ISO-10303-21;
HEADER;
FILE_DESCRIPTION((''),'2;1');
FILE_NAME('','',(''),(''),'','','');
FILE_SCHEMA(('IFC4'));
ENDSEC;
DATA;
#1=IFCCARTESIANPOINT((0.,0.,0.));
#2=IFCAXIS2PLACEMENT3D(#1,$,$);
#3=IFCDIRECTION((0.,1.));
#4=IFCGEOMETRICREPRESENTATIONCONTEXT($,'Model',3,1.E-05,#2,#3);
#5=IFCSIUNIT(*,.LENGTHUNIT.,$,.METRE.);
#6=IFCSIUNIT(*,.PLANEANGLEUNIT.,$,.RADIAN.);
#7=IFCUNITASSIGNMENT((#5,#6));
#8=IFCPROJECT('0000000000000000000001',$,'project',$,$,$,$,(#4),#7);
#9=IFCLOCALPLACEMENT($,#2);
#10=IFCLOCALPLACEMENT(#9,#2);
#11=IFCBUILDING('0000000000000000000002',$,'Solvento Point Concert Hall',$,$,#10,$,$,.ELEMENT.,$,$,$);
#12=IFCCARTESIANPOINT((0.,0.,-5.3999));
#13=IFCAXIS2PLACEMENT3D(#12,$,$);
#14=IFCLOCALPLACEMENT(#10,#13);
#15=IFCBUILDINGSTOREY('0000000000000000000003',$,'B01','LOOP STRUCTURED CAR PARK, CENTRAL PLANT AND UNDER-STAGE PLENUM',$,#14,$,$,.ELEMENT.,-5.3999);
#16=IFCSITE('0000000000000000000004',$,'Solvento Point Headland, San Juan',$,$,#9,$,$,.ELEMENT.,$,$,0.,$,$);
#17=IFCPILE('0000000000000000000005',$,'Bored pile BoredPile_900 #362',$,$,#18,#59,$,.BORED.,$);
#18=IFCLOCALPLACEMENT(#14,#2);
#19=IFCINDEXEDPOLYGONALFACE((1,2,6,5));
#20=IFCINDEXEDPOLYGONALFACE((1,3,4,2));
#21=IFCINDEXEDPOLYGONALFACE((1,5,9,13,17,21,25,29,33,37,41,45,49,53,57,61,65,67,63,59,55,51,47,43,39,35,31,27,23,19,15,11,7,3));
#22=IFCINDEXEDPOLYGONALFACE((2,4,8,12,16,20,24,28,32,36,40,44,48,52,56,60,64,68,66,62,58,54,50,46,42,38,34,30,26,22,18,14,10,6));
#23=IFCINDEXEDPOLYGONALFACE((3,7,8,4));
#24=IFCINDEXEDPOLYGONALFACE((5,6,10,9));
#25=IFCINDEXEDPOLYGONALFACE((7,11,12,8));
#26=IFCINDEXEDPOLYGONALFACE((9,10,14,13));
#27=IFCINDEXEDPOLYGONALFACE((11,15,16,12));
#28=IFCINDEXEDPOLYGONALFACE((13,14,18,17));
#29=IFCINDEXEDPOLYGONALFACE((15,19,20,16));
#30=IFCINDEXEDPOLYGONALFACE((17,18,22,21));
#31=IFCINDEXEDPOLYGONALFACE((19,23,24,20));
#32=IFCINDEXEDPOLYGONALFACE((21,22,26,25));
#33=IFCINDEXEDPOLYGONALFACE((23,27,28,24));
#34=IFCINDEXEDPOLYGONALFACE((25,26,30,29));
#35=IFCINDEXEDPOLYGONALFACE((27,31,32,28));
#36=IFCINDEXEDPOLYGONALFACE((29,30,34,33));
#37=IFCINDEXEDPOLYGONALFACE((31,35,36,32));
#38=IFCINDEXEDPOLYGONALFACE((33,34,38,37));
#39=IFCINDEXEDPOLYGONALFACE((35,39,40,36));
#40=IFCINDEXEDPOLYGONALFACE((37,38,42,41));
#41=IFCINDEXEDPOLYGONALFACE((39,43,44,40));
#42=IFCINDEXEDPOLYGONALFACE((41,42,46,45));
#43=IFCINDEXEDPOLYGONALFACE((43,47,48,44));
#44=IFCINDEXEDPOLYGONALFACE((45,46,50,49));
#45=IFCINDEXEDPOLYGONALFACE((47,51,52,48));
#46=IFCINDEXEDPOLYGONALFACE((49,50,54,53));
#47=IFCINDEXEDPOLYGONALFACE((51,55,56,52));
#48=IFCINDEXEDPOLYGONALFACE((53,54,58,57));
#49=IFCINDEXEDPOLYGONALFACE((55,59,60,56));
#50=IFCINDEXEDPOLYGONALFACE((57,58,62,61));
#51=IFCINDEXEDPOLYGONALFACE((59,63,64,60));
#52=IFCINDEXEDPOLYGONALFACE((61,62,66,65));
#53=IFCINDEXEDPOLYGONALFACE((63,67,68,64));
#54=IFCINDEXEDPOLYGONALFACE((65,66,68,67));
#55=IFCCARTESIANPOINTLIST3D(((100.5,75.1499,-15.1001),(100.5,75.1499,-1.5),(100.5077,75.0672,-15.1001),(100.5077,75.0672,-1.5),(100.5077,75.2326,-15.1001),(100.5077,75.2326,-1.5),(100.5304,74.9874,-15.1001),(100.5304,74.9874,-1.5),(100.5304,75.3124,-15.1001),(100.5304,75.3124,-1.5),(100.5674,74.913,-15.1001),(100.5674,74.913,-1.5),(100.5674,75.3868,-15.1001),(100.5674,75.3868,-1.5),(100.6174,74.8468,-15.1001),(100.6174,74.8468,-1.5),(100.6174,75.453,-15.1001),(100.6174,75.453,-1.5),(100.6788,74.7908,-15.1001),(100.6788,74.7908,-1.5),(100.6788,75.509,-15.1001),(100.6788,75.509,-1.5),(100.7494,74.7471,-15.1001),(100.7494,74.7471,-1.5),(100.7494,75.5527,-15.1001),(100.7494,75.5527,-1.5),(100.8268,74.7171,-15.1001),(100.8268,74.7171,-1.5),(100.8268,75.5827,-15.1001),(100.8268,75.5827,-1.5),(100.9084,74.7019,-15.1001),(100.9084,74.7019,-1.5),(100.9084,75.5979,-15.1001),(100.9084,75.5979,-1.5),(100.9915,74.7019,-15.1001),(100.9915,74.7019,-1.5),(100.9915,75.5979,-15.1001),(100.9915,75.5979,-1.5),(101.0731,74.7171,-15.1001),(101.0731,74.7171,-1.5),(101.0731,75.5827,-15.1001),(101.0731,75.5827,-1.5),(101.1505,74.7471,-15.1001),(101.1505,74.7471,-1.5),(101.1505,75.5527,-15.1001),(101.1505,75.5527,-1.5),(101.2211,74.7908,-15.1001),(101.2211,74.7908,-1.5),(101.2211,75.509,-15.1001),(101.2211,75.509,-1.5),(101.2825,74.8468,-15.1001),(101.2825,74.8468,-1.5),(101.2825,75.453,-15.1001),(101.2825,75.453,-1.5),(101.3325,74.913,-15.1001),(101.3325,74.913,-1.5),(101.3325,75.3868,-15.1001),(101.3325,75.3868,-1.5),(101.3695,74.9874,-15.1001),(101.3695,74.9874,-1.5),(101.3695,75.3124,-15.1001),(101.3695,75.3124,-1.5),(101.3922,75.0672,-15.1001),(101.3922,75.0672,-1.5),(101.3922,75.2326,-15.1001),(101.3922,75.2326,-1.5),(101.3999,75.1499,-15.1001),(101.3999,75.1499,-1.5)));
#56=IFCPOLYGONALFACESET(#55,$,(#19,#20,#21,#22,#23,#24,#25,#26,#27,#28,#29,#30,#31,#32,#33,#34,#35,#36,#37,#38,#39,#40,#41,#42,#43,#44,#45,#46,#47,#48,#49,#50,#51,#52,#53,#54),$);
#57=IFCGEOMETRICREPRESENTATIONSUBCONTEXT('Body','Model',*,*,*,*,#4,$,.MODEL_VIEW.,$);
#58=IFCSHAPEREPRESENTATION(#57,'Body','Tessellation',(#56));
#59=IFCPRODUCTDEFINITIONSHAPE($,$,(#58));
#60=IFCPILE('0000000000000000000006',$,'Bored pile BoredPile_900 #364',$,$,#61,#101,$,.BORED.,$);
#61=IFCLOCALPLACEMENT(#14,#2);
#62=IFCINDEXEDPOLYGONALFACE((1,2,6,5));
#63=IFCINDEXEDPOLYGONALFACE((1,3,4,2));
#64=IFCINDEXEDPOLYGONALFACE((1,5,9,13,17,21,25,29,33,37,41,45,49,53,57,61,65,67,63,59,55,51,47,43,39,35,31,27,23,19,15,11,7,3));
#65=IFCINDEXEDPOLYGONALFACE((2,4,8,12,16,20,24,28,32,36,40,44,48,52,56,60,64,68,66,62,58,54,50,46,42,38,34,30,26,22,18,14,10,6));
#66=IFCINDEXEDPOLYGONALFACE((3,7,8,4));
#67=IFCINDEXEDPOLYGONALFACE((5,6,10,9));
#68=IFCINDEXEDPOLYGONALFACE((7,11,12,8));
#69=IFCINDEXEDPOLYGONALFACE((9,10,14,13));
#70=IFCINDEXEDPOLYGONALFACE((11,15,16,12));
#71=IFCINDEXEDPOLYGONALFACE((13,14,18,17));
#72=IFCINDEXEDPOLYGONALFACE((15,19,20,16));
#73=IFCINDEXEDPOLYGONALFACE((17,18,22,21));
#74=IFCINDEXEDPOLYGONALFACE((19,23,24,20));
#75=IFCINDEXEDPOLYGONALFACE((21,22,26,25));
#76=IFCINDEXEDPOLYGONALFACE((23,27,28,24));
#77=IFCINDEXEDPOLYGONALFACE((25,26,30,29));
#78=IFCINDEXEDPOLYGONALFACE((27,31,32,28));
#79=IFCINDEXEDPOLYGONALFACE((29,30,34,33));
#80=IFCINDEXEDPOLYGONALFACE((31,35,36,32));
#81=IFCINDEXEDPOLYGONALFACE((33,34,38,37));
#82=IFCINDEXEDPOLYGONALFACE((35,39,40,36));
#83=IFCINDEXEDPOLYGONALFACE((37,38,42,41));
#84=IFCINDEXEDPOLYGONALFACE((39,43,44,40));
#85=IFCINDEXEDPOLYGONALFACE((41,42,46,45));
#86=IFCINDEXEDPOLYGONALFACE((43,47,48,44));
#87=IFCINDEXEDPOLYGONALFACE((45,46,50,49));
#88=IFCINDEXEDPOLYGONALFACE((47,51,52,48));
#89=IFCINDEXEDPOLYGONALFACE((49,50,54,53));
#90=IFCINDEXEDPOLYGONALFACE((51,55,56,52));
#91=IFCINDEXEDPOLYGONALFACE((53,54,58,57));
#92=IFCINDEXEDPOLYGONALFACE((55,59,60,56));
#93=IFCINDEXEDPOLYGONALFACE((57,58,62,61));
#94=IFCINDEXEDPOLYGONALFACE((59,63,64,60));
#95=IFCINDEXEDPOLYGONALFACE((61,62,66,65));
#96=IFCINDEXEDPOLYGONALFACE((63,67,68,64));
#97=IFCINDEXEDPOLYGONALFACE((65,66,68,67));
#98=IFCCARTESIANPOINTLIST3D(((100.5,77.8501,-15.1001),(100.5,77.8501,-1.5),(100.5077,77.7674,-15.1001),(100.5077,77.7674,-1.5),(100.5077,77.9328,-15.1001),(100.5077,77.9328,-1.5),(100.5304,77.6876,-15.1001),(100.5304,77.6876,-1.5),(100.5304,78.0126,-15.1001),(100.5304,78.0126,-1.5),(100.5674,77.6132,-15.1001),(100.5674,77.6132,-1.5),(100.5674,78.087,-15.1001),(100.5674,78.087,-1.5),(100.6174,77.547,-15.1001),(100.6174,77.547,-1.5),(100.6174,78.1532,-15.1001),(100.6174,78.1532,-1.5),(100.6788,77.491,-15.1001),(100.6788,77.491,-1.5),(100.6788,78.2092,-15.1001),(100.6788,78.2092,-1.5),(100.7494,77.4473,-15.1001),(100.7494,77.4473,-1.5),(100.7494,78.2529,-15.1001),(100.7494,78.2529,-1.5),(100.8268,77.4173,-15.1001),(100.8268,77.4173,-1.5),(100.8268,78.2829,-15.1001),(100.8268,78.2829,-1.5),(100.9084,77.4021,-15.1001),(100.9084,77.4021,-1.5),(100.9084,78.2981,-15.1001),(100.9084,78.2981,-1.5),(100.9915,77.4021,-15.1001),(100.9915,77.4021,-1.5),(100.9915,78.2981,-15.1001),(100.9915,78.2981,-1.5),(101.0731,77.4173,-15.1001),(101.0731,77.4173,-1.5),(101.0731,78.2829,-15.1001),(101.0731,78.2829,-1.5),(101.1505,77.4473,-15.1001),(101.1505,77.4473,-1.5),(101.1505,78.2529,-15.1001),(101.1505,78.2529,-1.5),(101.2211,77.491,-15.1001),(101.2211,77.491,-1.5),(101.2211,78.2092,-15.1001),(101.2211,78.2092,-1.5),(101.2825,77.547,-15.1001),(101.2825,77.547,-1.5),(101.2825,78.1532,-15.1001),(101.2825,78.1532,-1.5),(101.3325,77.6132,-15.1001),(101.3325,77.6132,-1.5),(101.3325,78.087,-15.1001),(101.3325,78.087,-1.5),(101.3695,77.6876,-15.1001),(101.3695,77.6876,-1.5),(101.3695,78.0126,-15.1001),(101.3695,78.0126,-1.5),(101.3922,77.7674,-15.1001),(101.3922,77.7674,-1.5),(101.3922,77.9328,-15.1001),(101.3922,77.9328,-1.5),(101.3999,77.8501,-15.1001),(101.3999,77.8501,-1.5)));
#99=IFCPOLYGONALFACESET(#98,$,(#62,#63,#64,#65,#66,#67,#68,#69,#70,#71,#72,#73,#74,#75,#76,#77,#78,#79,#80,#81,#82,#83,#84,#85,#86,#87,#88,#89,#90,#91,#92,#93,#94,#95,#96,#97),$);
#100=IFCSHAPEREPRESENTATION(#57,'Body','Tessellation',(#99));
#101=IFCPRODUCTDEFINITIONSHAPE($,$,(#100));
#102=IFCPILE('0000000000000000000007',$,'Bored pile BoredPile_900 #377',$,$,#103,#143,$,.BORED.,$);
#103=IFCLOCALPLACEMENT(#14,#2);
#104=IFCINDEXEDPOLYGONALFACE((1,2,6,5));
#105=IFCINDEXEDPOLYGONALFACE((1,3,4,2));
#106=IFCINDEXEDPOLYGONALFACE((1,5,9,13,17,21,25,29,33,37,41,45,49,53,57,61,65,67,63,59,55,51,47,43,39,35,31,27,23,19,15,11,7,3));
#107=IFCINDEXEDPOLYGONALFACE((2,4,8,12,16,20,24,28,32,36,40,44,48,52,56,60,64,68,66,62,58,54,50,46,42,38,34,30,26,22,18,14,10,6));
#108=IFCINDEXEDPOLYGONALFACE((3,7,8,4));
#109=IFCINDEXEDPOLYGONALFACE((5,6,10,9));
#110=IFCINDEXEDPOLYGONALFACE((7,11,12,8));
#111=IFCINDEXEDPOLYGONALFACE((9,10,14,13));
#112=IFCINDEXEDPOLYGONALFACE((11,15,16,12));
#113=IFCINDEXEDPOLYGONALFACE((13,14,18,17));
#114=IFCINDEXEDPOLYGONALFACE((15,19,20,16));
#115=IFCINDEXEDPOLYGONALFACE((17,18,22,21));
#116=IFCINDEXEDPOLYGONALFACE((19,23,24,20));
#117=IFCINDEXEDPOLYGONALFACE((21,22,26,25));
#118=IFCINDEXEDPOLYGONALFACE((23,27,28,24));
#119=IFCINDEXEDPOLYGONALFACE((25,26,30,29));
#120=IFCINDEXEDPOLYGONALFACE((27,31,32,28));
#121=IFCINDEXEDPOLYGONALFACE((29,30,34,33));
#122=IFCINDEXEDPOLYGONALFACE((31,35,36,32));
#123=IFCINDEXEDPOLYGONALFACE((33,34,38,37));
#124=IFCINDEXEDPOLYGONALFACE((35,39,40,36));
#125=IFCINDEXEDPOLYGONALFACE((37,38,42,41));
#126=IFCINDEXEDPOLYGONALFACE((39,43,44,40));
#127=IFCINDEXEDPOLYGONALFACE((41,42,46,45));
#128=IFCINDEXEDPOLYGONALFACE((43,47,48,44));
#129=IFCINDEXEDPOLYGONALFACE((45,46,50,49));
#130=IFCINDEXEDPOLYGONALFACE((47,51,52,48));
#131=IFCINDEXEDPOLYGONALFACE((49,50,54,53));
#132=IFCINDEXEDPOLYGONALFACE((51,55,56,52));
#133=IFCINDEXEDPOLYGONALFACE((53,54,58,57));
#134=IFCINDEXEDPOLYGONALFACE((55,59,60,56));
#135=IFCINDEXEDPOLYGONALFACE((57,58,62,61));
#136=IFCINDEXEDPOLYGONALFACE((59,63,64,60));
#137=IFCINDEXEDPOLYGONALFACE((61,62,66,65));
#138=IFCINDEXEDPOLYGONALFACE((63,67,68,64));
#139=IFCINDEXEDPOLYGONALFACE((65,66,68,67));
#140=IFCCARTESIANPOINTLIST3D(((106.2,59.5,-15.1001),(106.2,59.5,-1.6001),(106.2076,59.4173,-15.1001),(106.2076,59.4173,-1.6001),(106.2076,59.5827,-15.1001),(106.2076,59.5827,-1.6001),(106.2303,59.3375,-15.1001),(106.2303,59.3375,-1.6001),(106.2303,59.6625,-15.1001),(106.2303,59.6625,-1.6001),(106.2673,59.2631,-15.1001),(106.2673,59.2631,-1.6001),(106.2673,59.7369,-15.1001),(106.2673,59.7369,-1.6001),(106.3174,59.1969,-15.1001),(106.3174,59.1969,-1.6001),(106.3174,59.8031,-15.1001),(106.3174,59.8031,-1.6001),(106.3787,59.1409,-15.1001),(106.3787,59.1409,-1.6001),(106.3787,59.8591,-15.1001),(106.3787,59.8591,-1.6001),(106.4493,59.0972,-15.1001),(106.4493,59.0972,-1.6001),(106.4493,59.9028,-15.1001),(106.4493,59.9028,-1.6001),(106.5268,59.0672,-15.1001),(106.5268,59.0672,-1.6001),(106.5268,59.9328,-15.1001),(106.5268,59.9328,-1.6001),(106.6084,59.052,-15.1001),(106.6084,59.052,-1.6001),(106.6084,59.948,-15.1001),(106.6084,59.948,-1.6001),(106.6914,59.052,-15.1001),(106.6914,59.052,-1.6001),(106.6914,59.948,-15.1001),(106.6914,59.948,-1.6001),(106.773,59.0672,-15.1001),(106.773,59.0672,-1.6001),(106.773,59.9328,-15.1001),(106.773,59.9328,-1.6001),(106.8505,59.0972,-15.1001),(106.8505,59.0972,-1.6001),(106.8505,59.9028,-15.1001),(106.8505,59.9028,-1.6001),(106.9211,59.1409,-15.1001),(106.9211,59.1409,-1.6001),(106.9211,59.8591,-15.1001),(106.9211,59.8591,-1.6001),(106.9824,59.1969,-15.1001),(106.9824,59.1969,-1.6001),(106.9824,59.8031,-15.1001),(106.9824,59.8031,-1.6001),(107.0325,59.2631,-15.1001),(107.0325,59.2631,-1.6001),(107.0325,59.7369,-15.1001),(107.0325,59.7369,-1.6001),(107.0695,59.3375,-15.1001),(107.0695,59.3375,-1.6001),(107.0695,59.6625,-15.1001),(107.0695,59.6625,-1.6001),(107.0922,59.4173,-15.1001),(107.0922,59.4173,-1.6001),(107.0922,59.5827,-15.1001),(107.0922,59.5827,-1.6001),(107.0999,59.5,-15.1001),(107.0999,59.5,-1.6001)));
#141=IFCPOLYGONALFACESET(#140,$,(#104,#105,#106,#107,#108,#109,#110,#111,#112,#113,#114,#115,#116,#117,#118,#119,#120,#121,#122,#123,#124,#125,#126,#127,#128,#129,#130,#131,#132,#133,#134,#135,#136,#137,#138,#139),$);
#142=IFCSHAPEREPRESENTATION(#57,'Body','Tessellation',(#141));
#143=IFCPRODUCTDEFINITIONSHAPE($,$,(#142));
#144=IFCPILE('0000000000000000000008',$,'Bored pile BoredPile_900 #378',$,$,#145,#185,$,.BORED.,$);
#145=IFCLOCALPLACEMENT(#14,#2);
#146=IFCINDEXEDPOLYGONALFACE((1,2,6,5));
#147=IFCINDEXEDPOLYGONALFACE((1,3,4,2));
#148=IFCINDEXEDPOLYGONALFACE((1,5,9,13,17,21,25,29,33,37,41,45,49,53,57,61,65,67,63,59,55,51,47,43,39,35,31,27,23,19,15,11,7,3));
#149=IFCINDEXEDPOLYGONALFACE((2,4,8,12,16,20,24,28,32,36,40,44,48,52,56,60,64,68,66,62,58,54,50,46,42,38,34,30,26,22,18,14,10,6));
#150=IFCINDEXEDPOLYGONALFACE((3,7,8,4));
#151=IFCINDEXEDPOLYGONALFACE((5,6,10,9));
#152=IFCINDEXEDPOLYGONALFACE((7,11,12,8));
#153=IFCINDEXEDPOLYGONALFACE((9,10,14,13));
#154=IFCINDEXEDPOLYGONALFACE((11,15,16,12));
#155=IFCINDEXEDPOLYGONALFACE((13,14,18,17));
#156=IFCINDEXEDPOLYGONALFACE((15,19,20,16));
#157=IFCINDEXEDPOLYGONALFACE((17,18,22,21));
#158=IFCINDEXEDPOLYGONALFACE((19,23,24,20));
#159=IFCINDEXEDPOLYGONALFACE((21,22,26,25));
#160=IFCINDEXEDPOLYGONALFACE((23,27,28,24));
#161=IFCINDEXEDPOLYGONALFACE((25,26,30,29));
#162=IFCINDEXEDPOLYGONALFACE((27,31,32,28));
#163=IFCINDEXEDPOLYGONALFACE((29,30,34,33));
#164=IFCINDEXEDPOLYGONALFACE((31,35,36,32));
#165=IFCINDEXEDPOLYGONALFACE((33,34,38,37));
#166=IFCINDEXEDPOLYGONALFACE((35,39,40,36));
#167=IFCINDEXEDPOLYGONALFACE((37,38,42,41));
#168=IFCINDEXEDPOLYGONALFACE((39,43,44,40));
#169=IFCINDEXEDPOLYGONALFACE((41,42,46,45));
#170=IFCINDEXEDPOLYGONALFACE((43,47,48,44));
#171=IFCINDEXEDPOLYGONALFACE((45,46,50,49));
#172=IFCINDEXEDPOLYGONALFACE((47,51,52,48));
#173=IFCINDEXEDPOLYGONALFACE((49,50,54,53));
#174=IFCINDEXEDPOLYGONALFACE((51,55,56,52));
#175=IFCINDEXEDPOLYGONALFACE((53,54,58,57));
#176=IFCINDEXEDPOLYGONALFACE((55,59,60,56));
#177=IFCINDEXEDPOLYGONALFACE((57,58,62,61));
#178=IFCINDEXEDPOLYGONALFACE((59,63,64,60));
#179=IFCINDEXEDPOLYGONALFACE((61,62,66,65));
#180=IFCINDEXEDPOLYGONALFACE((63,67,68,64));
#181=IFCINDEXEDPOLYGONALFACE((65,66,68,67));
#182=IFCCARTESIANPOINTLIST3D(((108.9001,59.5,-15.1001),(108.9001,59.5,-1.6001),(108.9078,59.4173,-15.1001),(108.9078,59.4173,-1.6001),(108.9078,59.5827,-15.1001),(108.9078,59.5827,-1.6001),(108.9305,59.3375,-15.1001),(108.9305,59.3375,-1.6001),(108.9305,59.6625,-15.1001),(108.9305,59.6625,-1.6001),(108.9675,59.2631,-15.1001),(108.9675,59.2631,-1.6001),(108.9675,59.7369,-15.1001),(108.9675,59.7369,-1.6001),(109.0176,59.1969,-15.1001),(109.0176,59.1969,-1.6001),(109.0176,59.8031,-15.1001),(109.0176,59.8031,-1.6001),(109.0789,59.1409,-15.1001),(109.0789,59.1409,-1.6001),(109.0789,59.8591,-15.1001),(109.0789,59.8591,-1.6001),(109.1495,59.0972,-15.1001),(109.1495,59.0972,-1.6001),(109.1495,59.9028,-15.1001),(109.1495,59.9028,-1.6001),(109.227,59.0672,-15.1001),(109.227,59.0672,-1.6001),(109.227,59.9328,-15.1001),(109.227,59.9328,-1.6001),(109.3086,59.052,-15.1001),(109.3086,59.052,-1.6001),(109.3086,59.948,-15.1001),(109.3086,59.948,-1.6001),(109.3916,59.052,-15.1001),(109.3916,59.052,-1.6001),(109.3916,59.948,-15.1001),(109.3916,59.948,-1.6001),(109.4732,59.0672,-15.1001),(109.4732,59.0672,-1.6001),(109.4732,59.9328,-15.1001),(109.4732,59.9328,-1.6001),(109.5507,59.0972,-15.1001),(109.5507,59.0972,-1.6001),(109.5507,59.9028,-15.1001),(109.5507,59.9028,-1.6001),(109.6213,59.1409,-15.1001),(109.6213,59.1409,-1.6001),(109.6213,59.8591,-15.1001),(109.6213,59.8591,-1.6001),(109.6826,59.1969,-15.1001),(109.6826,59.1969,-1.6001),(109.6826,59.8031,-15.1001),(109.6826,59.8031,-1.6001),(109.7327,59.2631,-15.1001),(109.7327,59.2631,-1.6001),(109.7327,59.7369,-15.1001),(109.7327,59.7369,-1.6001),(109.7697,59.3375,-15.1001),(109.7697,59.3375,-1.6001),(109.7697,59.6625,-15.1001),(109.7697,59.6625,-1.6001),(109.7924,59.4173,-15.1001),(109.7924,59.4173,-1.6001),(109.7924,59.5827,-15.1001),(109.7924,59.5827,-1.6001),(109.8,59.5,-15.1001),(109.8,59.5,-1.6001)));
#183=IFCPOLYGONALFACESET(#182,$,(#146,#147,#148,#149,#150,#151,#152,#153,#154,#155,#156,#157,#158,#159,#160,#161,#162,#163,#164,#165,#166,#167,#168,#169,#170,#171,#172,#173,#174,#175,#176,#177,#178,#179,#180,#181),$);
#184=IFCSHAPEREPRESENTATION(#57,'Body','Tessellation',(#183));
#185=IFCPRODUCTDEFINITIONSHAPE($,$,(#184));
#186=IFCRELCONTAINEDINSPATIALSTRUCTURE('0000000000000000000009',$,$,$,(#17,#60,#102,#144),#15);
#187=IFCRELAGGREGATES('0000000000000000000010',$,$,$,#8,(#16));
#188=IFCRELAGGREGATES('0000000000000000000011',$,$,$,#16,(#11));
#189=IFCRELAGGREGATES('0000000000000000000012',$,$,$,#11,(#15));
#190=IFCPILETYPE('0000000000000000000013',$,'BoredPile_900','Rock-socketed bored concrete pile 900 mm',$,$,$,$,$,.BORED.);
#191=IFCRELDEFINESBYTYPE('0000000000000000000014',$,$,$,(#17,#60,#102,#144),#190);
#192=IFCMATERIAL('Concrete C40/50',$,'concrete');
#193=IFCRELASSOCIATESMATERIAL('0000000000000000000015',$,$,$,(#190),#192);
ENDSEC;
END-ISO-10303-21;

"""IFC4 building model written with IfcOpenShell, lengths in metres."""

from ifc_helpers import new_model, si_unit, direction, frame, origin, origin_2d, place, context, subcontext, project, spatial, circle, extrude, material, material_profile, profile_set, type_object, element, save


model = new_model("IFC4")

# Units and contexts
model_context = context("Model", 3, precision=1e-05, world=origin(), true_north=direction((0.0, 1.0)))
body_context = subcontext(model_context, "Body", "Model", "MODEL_VIEW")
ifc_project = project(units=[si_unit("LENGTHUNIT", "METRE"), si_unit("PLANEANGLEUNIT", "RADIAN")], contexts=[model_context])

# Site, building, storey
site_placement = place(None, origin())
site = spatial("IfcSite", under=ifc_project, at=site_placement, Name="Solvento Point Headland, San Juan", CompositionType="ELEMENT", RefElevation=0.0)
building_placement = place(site_placement, origin())
building = spatial("IfcBuilding", under=site, at=building_placement, Name="Solvento Point Concert Hall", CompositionType="ELEMENT")
storey_placement = place(building_placement, frame((0.0, 0.0, -5.3999)))
storey = spatial("IfcBuildingStorey", under=building, at=storey_placement, Name="B01", Description="LOOP STRUCTURED CAR PARK, CENTRAL PLANT AND UNDER-STAGE PLENUM", CompositionType="ELEMENT", Elevation=-5.3999)

# Piles
ifc_material_1 = material(Name="Concrete C40/50", Category="concrete")
ifc_material_profile_1 = material_profile(ifc_material_1, circle(Radius=0.45, at=origin_2d()), Name="BP-900")
ifc_profile_set_1 = profile_set([ifc_material_profile_1], Name="Concrete C40/50")
pile_type_1 = type_object("IfcPileType", Name="BoredPile_900", Description="Rock-socketed bored concrete pile 900 mm", PredefinedType="BORED", material=ifc_profile_set_1)
for number, where, z_axis, x_axis, name in (
    (1, (100.95, 75.1499, -1.5), (0.0, 0.0, -1.0), (1.0, 0.0, 0.0), "Bored pile BoredPile_900 #362"),
    (2, (100.95, 77.8501, -1.5), (0.0, 0.0, -1.0), (1.0, 0.0, 0.0), "Bored pile BoredPile_900 #364"),
):
    element("IfcPile", number, at=place(storey_placement, frame(where, z_axis=z_axis, x_axis=x_axis)), inside=storey, type_object=pile_type_1, Name=name, PredefinedType="BORED", context=body_context, shape_type="SweptSolid", body=[
        extrude(circle(Radius=0.45, at=origin_2d()), origin(), (0.0, 0.0, 1.0), 13.6001),
    ])
for number, where, z_axis, x_axis, name in (
    (3, (106.6499, 59.5, -1.6001), (0.0, 0.0, -1.0), (1.0, 0.0, 0.0), "Bored pile BoredPile_900 #377"),
    (4, (109.3501, 59.5, -1.6001), (0.0, 0.0, -1.0), (1.0, 0.0, 0.0), "Bored pile BoredPile_900 #378"),
):
    element("IfcPile", number, at=place(storey_placement, frame(where, z_axis=z_axis, x_axis=x_axis)), inside=storey, type_object=pile_type_1, Name=name, PredefinedType="BORED", context=body_context, shape_type="SweptSolid", body=[
        extrude(circle(Radius=0.45, at=origin_2d()), origin(), (0.0, 0.0, 1.0), 13.5),
    ])

save(model, "model.ifc")
